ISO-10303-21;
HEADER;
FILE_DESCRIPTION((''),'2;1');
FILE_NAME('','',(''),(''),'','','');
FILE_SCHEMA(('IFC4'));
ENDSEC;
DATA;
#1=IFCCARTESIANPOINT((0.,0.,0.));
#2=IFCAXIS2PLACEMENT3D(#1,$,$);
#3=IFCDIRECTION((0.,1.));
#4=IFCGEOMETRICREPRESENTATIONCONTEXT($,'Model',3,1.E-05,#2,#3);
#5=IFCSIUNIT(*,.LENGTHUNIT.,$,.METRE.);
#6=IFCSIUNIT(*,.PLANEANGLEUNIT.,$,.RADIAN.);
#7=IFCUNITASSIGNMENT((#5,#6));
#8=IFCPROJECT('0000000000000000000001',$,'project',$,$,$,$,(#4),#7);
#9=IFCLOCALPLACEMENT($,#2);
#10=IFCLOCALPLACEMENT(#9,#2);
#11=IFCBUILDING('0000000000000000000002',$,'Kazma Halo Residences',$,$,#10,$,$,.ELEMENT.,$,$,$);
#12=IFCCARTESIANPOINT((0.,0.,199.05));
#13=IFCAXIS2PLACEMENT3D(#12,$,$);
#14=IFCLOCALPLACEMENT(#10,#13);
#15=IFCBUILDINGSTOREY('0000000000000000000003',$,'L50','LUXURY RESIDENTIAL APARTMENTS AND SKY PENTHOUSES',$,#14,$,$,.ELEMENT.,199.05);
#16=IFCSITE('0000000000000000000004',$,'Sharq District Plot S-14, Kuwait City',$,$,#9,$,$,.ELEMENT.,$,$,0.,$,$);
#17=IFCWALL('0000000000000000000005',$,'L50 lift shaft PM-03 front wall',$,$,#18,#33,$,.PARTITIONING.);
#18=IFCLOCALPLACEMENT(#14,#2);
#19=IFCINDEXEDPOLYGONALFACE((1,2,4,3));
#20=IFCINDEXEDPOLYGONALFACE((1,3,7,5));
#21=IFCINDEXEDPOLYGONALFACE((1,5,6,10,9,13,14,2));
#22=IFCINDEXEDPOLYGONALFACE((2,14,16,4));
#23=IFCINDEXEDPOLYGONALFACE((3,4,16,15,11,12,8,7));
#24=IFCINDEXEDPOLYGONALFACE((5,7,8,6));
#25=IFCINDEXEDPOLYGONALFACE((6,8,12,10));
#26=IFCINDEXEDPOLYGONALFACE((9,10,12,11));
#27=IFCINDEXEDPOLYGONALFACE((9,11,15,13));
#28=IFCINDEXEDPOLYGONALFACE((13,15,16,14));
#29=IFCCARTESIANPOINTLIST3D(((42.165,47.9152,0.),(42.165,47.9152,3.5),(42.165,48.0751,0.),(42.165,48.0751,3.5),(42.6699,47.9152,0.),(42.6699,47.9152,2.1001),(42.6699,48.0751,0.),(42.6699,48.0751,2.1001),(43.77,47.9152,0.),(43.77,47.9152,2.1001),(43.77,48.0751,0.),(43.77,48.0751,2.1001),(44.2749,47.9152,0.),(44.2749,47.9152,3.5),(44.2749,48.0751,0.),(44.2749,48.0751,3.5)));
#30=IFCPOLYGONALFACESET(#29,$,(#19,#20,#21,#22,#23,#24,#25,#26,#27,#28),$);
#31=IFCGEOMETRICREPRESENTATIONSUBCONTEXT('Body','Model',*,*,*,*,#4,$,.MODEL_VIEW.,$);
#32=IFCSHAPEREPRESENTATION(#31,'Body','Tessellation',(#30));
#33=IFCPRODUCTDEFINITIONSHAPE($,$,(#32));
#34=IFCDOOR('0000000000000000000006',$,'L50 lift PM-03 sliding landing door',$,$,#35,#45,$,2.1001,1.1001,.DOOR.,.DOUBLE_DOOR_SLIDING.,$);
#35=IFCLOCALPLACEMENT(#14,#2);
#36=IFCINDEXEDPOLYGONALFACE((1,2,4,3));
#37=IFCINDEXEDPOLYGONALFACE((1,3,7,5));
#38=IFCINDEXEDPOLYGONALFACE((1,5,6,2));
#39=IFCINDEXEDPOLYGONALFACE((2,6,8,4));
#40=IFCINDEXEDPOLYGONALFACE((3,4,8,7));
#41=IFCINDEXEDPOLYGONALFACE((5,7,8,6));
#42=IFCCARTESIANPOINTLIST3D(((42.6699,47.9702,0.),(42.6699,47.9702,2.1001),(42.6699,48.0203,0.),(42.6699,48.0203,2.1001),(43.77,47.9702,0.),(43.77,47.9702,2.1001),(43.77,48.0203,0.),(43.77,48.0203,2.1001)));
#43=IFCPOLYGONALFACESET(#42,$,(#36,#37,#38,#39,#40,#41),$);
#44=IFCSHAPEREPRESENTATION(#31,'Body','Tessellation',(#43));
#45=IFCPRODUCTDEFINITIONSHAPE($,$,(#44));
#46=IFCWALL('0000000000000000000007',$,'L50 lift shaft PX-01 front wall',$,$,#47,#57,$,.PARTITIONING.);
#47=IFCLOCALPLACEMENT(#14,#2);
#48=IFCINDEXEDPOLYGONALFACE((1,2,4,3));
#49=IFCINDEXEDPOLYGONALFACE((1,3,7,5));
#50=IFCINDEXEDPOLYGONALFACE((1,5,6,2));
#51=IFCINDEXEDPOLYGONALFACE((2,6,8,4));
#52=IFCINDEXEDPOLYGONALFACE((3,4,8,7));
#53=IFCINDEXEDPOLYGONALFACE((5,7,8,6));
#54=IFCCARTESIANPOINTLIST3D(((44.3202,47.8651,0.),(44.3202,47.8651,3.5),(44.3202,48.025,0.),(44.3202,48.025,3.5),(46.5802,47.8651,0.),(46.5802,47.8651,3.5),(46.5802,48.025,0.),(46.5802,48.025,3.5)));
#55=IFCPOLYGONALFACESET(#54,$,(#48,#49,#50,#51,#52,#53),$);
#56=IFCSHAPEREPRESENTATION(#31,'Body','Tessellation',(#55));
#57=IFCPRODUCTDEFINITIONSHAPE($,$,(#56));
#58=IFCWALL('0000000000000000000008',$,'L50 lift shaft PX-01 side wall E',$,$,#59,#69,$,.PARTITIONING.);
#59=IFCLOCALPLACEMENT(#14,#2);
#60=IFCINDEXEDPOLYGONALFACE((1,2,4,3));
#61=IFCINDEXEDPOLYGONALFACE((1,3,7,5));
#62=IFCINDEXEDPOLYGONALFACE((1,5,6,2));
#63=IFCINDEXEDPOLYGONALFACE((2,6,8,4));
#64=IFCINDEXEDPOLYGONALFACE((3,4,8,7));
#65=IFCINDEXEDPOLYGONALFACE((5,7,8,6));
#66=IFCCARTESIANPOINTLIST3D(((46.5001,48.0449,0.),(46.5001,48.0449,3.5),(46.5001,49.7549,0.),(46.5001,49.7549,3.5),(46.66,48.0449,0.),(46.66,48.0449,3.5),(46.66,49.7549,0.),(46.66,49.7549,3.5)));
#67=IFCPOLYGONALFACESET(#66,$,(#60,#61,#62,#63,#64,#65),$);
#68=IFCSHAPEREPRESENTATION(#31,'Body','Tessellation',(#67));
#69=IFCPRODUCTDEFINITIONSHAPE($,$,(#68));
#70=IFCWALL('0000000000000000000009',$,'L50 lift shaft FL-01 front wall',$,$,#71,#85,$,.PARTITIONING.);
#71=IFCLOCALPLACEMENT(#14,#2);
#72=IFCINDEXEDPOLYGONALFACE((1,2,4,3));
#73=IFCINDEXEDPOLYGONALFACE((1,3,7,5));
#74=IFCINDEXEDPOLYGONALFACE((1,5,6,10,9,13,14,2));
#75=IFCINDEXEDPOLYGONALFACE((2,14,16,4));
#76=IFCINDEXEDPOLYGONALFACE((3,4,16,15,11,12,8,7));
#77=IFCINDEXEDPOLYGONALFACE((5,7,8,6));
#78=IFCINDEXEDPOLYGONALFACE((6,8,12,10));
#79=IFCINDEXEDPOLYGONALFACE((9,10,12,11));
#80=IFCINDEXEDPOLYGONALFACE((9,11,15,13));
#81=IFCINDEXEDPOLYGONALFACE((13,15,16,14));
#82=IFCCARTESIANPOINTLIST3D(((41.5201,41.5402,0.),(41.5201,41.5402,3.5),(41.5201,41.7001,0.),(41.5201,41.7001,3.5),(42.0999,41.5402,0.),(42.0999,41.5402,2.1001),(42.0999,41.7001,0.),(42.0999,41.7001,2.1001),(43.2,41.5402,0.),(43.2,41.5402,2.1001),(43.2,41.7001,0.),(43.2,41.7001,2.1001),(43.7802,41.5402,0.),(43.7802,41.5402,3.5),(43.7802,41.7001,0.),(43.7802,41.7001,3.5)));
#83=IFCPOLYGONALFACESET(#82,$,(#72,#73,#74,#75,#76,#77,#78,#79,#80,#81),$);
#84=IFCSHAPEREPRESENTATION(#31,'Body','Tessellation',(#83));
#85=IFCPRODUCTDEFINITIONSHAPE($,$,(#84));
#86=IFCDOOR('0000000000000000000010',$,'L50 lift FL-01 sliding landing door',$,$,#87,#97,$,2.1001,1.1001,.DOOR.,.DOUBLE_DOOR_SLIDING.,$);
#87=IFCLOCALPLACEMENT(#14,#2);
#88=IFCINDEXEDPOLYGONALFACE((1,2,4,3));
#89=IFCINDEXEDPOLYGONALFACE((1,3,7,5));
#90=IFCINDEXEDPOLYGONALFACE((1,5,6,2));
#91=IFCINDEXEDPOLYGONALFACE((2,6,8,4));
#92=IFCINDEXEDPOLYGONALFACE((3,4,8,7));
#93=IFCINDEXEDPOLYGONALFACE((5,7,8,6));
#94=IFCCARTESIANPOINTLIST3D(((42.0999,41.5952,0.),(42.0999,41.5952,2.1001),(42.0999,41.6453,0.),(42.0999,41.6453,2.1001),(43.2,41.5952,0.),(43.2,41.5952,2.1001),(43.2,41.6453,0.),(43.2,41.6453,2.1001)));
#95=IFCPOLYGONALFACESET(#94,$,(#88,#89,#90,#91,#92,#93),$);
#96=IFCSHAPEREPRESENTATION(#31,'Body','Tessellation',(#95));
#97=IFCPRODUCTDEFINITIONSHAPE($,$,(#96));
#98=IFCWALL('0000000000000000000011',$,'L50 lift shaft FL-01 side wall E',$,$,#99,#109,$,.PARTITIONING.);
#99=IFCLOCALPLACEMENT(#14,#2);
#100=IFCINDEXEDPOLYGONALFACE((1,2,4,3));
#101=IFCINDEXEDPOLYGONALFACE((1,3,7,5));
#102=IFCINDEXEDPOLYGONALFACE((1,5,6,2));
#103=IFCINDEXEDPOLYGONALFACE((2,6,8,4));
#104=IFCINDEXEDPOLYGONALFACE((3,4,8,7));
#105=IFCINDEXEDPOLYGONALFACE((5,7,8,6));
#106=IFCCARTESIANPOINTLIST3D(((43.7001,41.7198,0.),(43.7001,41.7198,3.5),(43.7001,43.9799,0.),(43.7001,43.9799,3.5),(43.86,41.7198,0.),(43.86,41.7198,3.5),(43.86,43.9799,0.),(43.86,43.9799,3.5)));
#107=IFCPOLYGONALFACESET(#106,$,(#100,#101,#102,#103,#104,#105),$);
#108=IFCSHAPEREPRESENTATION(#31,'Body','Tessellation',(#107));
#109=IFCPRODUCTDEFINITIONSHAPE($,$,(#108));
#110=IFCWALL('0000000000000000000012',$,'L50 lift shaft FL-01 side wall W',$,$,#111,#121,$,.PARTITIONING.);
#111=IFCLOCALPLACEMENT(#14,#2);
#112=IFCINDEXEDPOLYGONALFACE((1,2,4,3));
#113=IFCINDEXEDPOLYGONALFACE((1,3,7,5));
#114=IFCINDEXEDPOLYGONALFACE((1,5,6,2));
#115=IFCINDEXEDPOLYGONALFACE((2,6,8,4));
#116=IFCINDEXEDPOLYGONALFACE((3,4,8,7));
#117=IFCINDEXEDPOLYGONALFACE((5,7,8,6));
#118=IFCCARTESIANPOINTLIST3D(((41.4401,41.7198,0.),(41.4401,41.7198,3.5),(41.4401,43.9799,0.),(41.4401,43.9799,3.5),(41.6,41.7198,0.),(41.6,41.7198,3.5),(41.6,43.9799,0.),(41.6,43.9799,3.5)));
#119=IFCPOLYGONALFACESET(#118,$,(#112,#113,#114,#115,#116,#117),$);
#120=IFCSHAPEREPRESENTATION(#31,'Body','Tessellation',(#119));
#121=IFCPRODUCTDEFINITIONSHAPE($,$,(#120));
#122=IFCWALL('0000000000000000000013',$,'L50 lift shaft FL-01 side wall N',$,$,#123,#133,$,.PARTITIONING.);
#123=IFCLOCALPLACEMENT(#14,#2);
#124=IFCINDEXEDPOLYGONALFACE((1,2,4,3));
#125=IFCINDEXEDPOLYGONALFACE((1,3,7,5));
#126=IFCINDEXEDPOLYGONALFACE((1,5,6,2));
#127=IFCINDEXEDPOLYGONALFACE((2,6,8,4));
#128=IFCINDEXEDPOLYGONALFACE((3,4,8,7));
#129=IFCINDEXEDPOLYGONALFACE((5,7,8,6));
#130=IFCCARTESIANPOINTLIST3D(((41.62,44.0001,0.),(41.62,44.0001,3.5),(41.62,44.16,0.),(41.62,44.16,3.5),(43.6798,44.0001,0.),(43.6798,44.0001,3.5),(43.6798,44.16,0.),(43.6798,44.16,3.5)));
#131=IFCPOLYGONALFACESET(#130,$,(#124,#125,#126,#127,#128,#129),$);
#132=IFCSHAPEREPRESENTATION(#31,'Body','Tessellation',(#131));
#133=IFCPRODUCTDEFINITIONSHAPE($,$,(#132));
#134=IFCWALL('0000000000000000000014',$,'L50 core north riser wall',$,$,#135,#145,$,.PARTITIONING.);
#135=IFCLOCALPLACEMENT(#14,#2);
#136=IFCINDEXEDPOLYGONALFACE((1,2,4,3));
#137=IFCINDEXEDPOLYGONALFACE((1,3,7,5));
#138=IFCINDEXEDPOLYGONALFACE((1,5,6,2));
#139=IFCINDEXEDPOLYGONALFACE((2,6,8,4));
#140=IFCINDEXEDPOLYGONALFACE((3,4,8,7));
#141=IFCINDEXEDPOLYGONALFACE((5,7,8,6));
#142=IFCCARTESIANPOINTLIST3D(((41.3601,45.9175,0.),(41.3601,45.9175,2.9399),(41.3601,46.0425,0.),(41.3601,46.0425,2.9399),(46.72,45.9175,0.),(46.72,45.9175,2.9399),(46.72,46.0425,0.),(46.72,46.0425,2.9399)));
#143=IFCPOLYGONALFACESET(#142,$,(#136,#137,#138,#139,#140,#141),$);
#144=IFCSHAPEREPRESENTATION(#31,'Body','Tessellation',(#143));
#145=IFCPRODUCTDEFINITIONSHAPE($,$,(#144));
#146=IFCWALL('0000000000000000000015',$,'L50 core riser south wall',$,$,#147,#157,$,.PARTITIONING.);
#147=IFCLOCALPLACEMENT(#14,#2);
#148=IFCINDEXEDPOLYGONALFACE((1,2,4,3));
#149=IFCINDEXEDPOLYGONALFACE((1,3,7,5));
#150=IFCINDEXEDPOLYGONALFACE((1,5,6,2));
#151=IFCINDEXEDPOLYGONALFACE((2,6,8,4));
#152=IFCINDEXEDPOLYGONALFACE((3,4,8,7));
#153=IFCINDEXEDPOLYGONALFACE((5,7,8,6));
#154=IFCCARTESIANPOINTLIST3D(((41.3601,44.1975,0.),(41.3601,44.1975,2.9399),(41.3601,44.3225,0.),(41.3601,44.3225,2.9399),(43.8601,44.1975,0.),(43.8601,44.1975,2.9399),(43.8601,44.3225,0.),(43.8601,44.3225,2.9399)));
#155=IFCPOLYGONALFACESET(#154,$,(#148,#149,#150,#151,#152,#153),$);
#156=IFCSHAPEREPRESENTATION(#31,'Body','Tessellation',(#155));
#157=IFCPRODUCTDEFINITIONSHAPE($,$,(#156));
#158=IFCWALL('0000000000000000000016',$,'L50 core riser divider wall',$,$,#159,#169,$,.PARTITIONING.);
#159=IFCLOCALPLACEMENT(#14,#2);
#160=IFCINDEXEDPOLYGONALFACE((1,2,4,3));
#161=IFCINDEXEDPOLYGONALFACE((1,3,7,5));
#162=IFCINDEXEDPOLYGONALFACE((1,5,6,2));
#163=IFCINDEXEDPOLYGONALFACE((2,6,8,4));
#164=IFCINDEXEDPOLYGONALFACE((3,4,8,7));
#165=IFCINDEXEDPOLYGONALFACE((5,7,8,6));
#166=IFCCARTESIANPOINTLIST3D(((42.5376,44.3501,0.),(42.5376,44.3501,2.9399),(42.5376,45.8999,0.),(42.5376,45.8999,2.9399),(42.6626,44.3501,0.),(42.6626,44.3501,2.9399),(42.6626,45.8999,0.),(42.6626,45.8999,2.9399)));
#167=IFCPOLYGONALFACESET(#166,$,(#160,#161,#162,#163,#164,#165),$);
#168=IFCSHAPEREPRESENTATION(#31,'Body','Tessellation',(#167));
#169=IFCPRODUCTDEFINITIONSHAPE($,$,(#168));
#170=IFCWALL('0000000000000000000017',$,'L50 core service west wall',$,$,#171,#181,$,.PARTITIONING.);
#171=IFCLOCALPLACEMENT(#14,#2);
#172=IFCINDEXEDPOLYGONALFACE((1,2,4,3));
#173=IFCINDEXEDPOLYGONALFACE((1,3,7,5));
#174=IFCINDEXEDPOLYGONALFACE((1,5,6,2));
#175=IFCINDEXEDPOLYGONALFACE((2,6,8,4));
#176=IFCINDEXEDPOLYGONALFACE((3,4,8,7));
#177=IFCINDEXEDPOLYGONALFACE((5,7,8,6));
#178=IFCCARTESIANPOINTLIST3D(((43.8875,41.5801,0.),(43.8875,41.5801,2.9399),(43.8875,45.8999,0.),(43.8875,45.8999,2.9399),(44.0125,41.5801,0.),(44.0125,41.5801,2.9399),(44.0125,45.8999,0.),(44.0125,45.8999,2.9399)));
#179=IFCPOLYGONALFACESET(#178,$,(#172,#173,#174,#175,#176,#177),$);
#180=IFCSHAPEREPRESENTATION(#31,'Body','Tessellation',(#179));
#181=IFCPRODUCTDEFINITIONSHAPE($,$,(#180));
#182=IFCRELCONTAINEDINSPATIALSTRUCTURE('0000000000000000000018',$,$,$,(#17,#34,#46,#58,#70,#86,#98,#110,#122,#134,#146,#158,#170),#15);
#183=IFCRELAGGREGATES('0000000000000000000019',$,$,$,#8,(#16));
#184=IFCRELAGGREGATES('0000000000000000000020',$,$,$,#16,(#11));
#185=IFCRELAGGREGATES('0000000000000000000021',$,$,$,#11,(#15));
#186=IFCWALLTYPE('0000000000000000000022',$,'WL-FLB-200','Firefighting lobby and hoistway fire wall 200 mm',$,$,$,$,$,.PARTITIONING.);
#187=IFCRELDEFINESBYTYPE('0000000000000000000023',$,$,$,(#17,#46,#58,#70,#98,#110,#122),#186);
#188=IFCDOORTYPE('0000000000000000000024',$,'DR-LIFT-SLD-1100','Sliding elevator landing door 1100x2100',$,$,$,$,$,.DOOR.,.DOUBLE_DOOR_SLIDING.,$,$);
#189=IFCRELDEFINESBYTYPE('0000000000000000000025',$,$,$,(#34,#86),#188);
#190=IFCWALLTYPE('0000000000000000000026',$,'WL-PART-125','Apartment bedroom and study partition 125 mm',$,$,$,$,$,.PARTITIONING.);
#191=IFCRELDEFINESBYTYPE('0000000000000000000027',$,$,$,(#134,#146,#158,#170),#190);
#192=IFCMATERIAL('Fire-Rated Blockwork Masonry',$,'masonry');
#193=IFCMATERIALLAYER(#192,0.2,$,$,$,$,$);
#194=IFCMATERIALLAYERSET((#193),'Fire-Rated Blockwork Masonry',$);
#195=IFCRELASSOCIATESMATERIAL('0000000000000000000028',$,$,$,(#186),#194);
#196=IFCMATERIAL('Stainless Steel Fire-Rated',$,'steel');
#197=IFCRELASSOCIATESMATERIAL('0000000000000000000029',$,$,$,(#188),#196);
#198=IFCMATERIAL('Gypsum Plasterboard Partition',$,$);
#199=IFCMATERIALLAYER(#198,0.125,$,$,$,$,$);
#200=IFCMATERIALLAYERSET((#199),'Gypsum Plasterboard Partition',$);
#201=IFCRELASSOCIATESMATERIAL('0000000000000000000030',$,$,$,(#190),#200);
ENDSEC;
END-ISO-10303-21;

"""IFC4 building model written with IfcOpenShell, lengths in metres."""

from ifc_helpers import new_model, si_unit, direction, frame, frame_2d, origin, place, context, subcontext, project, spatial, rectangle, extrude, material, layer, layer_set, type_object, element, fill, save


model = new_model("IFC4")

# Units and contexts
model_context = context("Model", 3, precision=1e-05, world=origin(), true_north=direction((0.0, 1.0)))
body_context = subcontext(model_context, "Body", "Model", "MODEL_VIEW")
ifc_project = project(units=[si_unit("LENGTHUNIT", "METRE"), si_unit("PLANEANGLEUNIT", "RADIAN")], contexts=[model_context])

# Site, building, storey
site_placement = place(None, origin())
site = spatial("IfcSite", under=ifc_project, at=site_placement, Name="Sharq District Plot S-14, Kuwait City", CompositionType="ELEMENT", RefElevation=0.0)
building_placement = place(site_placement, origin())
building = spatial("IfcBuilding", under=site, at=building_placement, Name="Kazma Halo Residences", CompositionType="ELEMENT")
storey_placement = place(building_placement, frame((0.0, 0.0, 199.05)))
storey = spatial("IfcBuildingStorey", under=building, at=storey_placement, Name="L50", Description="LUXURY RESIDENTIAL APARTMENTS AND SKY PENTHOUSES", CompositionType="ELEMENT", Elevation=199.05)

# Shared definitions
ifc_material_1 = material(Name="Fire-Rated Blockwork Masonry", Category="masonry")
ifc_layer_1 = layer(ifc_material_1, 0.2)
ifc_layer_set_1 = layer_set([ifc_layer_1], Name="Fire-Rated Blockwork Masonry")
wall_type_1 = type_object("IfcWallType", Name="WL-FLB-200", Description="Firefighting lobby and hoistway fire wall 200 mm", PredefinedType="PARTITIONING", material=ifc_layer_set_1)
ifc_material_2 = material(Name="Stainless Steel Fire-Rated", Category="steel")
door_type = type_object("IfcDoorType", Name="DR-LIFT-SLD-1100", Description="Sliding elevator landing door 1100x2100", OperationType="DOUBLE_DOOR_SLIDING", PredefinedType="DOOR", material=ifc_material_2)

# Wall, opening, door
wall_1_placement = place(storey_placement, frame((44.2749, 47.9951, 0.0), z_axis=(0.0, 0.0, 1.0), x_axis=(-1.0, 0.0, 0.0)))
wall_1 = element("IfcWall", 1, at=wall_1_placement, inside=storey, type_object=wall_type_1, Name="L50 lift shaft PM-03 front wall", PredefinedType="PARTITIONING", context=body_context, shape_type="SweptSolid", body=[
    extrude(rectangle(XDim=2.1099, YDim=0.1599, at=frame_2d((1.0549, 0.0))), origin(), (0.0, 0.0, 1.0), 3.5),
])
opening_1_placement = place(wall_1_placement, frame((0.5049, 0.0, 0.0)))
opening_1 = element("IfcOpeningElement", 2, at=opening_1_placement, cuts=wall_1, PredefinedType="OPENING", context=body_context, shape_type="SweptSolid", body=[
    extrude(rectangle(XDim=1.1001, YDim=2.1001, at=frame_2d((0.55, 1.05))), frame((0.0, 0.0898, 0.0), z_axis=(0.0, -1.0, 0.0), x_axis=(1.0, 0.0, 0.0)), (0.0, 0.0, 1.0), 0.1799),
])
door_1_placement = place(opening_1_placement, origin())
door_1 = element("IfcDoor", 3, at=door_1_placement, inside=storey, type_object=door_type, Name="L50 lift PM-03 sliding landing door", OperationType="DOUBLE_DOOR_SLIDING", OverallHeight=2.1001, OverallWidth=1.1001, PredefinedType="DOOR", context=body_context, shape_type="SweptSolid", body=[
    extrude(rectangle(XDim=1.1001, YDim=2.1001, at=frame_2d((0.55, 1.05))), frame((0.0, 0.0249, 0.0), z_axis=(0.0, -1.0, 0.0), x_axis=(1.0, 0.0, 0.0)), (0.0, 0.0, 1.0), 0.05),
])
fill(opening_1, door_1)

# Walls
wall_2_placement = place(storey_placement, frame((46.5801, 47.9451, 0.0), z_axis=(0.0, 0.0, 1.0), x_axis=(-1.0, 0.0, 0.0)))
element("IfcWall", 4, at=wall_2_placement, inside=storey, type_object=wall_type_1, Name="L50 lift shaft PX-01 front wall", PredefinedType="PARTITIONING", context=body_context, shape_type="SweptSolid", body=[
    extrude(rectangle(XDim=2.26, YDim=0.1599, at=frame_2d((1.1299, 0.0))), origin(), (0.0, 0.0, 1.0), 3.5),
])
wall_3_placement = place(storey_placement, frame((46.5801, 48.0449, 0.0), z_axis=(0.0, 0.0, 1.0), x_axis=(0.0, 1.0, 0.0)))
element("IfcWall", 5, at=wall_3_placement, inside=storey, type_object=wall_type_1, Name="L50 lift shaft PX-01 side wall E", PredefinedType="PARTITIONING", context=body_context, shape_type="SweptSolid", body=[
    extrude(rectangle(XDim=1.71, YDim=0.1599, at=frame_2d((0.855, 0.0))), origin(), (0.0, 0.0, 1.0), 3.5),
])

# Wall, opening, door
wall_4_placement = place(storey_placement, frame((43.78, 41.6201, 0.0), z_axis=(0.0, 0.0, 1.0), x_axis=(-1.0, 0.0, 0.0)))
wall_4 = element("IfcWall", 6, at=wall_4_placement, inside=storey, type_object=wall_type_1, Name="L50 lift shaft FL-01 front wall", PredefinedType="PARTITIONING", context=body_context, shape_type="SweptSolid", body=[
    extrude(rectangle(XDim=2.26, YDim=0.1599, at=frame_2d((1.1299, 0.0))), origin(), (0.0, 0.0, 1.0), 3.5),
])
opening_2_placement = place(wall_4_placement, frame((0.5801, 0.0, 0.0)))
opening_2 = element("IfcOpeningElement", 7, at=opening_2_placement, cuts=wall_4, PredefinedType="OPENING", context=body_context, shape_type="SweptSolid", body=[
    extrude(rectangle(XDim=1.1001, YDim=2.1001, at=frame_2d((0.55, 1.05))), frame((0.0, 0.0898, 0.0), z_axis=(0.0, -1.0, 0.0), x_axis=(1.0, 0.0, 0.0)), (0.0, 0.0, 1.0), 0.1799),
])
door_2_placement = place(opening_2_placement, origin())
door_2 = element("IfcDoor", 8, at=door_2_placement, inside=storey, type_object=door_type, Name="L50 lift FL-01 sliding landing door", OperationType="DOUBLE_DOOR_SLIDING", OverallHeight=2.1001, OverallWidth=1.1001, PredefinedType="DOOR", context=body_context, shape_type="SweptSolid", body=[
    extrude(rectangle(XDim=1.1001, YDim=2.1001, at=frame_2d((0.55, 1.05))), frame((0.0, 0.0249, 0.0), z_axis=(0.0, -1.0, 0.0), x_axis=(1.0, 0.0, 0.0)), (0.0, 0.0, 1.0), 0.05),
])
fill(opening_2, door_2)

# Walls
for number, where, z_axis, x_axis, name in (
    (9, (43.78, 41.72, 0.0), (0.0, 0.0, 1.0), (0.0, 1.0, 0.0), "L50 lift shaft FL-01 side wall E"),
    (10, (41.52, 41.72, 0.0), (0.0, 0.0, 1.0), (0.0, 1.0, 0.0), "L50 lift shaft FL-01 side wall W"),
):
    element("IfcWall", number, at=place(storey_placement, frame(where, z_axis=z_axis, x_axis=x_axis)), inside=storey, type_object=wall_type_1, Name=name, PredefinedType="PARTITIONING", context=body_context, shape_type="SweptSolid", body=[
        extrude(rectangle(XDim=2.26, YDim=0.1599, at=frame_2d((1.1299, 0.0))), origin(), (0.0, 0.0, 1.0), 3.5),
    ])
wall_5_placement = place(storey_placement, frame((41.6201, 44.0801, 0.0), z_axis=(0.0, 0.0, 1.0), x_axis=(1.0, 0.0, 0.0)))
element("IfcWall", 11, at=wall_5_placement, inside=storey, type_object=wall_type_1, Name="L50 lift shaft FL-01 side wall N", PredefinedType="PARTITIONING", context=body_context, shape_type="SweptSolid", body=[
    extrude(rectangle(XDim=2.0598, YDim=0.1599, at=frame_2d((1.0298, 0.0))), origin(), (0.0, 0.0, 1.0), 3.5),
])
ifc_material_3 = material(Name="Gypsum Plasterboard Partition")
ifc_layer_2 = layer(ifc_material_3, 0.125)
ifc_layer_set_2 = layer_set([ifc_layer_2], Name="Gypsum Plasterboard Partition")
wall_type_2 = type_object("IfcWallType", Name="WL-PART-125", Description="Apartment bedroom and study partition 125 mm", PredefinedType="PARTITIONING", material=ifc_layer_set_2)
wall_6_placement = place(storey_placement, frame((41.3601, 45.98, 0.0), z_axis=(0.0, 0.0, 1.0), x_axis=(1.0, 0.0, 0.0)))
element("IfcWall", 12, at=wall_6_placement, inside=storey, type_object=wall_type_2, Name="L50 core north riser wall", PredefinedType="PARTITIONING", context=body_context, shape_type="SweptSolid", body=[
    extrude(rectangle(XDim=5.3599, YDim=0.125, at=frame_2d((2.6799, 0.0))), origin(), (0.0, 0.0, 1.0), 2.9399),
])
wall_7_placement = place(storey_placement, frame((41.3601, 44.26, 0.0), z_axis=(0.0, 0.0, 1.0), x_axis=(1.0, 0.0, 0.0)))
element("IfcWall", 13, at=wall_7_placement, inside=storey, type_object=wall_type_2, Name="L50 core riser south wall", PredefinedType="PARTITIONING", context=body_context, shape_type="SweptSolid", body=[
    extrude(rectangle(XDim=2.5, YDim=0.125, at=frame_2d((1.25, 0.0))), origin(), (0.0, 0.0, 1.0), 2.9399),
])
wall_8_placement = place(storey_placement, frame((42.6001, 44.3501, 0.0), z_axis=(0.0, 0.0, 1.0), x_axis=(0.0, 1.0, 0.0)))
element("IfcWall", 14, at=wall_8_placement, inside=storey, type_object=wall_type_2, Name="L50 core riser divider wall", PredefinedType="PARTITIONING", context=body_context, shape_type="SweptSolid", body=[
    extrude(rectangle(XDim=1.5498, YDim=0.125, at=frame_2d((0.7749, 0.0))), origin(), (0.0, 0.0, 1.0), 2.9399),
])
wall_9_placement = place(storey_placement, frame((43.95, 41.5801, 0.0), z_axis=(0.0, 0.0, 1.0), x_axis=(0.0, 1.0, 0.0)))
element("IfcWall", 15, at=wall_9_placement, inside=storey, type_object=wall_type_2, Name="L50 core service west wall", PredefinedType="PARTITIONING", context=body_context, shape_type="SweptSolid", body=[
    extrude(rectangle(XDim=4.3198, YDim=0.125, at=frame_2d((2.1599, 0.0))), origin(), (0.0, 0.0, 1.0), 2.9399),
])

save(model, "model.ifc")
